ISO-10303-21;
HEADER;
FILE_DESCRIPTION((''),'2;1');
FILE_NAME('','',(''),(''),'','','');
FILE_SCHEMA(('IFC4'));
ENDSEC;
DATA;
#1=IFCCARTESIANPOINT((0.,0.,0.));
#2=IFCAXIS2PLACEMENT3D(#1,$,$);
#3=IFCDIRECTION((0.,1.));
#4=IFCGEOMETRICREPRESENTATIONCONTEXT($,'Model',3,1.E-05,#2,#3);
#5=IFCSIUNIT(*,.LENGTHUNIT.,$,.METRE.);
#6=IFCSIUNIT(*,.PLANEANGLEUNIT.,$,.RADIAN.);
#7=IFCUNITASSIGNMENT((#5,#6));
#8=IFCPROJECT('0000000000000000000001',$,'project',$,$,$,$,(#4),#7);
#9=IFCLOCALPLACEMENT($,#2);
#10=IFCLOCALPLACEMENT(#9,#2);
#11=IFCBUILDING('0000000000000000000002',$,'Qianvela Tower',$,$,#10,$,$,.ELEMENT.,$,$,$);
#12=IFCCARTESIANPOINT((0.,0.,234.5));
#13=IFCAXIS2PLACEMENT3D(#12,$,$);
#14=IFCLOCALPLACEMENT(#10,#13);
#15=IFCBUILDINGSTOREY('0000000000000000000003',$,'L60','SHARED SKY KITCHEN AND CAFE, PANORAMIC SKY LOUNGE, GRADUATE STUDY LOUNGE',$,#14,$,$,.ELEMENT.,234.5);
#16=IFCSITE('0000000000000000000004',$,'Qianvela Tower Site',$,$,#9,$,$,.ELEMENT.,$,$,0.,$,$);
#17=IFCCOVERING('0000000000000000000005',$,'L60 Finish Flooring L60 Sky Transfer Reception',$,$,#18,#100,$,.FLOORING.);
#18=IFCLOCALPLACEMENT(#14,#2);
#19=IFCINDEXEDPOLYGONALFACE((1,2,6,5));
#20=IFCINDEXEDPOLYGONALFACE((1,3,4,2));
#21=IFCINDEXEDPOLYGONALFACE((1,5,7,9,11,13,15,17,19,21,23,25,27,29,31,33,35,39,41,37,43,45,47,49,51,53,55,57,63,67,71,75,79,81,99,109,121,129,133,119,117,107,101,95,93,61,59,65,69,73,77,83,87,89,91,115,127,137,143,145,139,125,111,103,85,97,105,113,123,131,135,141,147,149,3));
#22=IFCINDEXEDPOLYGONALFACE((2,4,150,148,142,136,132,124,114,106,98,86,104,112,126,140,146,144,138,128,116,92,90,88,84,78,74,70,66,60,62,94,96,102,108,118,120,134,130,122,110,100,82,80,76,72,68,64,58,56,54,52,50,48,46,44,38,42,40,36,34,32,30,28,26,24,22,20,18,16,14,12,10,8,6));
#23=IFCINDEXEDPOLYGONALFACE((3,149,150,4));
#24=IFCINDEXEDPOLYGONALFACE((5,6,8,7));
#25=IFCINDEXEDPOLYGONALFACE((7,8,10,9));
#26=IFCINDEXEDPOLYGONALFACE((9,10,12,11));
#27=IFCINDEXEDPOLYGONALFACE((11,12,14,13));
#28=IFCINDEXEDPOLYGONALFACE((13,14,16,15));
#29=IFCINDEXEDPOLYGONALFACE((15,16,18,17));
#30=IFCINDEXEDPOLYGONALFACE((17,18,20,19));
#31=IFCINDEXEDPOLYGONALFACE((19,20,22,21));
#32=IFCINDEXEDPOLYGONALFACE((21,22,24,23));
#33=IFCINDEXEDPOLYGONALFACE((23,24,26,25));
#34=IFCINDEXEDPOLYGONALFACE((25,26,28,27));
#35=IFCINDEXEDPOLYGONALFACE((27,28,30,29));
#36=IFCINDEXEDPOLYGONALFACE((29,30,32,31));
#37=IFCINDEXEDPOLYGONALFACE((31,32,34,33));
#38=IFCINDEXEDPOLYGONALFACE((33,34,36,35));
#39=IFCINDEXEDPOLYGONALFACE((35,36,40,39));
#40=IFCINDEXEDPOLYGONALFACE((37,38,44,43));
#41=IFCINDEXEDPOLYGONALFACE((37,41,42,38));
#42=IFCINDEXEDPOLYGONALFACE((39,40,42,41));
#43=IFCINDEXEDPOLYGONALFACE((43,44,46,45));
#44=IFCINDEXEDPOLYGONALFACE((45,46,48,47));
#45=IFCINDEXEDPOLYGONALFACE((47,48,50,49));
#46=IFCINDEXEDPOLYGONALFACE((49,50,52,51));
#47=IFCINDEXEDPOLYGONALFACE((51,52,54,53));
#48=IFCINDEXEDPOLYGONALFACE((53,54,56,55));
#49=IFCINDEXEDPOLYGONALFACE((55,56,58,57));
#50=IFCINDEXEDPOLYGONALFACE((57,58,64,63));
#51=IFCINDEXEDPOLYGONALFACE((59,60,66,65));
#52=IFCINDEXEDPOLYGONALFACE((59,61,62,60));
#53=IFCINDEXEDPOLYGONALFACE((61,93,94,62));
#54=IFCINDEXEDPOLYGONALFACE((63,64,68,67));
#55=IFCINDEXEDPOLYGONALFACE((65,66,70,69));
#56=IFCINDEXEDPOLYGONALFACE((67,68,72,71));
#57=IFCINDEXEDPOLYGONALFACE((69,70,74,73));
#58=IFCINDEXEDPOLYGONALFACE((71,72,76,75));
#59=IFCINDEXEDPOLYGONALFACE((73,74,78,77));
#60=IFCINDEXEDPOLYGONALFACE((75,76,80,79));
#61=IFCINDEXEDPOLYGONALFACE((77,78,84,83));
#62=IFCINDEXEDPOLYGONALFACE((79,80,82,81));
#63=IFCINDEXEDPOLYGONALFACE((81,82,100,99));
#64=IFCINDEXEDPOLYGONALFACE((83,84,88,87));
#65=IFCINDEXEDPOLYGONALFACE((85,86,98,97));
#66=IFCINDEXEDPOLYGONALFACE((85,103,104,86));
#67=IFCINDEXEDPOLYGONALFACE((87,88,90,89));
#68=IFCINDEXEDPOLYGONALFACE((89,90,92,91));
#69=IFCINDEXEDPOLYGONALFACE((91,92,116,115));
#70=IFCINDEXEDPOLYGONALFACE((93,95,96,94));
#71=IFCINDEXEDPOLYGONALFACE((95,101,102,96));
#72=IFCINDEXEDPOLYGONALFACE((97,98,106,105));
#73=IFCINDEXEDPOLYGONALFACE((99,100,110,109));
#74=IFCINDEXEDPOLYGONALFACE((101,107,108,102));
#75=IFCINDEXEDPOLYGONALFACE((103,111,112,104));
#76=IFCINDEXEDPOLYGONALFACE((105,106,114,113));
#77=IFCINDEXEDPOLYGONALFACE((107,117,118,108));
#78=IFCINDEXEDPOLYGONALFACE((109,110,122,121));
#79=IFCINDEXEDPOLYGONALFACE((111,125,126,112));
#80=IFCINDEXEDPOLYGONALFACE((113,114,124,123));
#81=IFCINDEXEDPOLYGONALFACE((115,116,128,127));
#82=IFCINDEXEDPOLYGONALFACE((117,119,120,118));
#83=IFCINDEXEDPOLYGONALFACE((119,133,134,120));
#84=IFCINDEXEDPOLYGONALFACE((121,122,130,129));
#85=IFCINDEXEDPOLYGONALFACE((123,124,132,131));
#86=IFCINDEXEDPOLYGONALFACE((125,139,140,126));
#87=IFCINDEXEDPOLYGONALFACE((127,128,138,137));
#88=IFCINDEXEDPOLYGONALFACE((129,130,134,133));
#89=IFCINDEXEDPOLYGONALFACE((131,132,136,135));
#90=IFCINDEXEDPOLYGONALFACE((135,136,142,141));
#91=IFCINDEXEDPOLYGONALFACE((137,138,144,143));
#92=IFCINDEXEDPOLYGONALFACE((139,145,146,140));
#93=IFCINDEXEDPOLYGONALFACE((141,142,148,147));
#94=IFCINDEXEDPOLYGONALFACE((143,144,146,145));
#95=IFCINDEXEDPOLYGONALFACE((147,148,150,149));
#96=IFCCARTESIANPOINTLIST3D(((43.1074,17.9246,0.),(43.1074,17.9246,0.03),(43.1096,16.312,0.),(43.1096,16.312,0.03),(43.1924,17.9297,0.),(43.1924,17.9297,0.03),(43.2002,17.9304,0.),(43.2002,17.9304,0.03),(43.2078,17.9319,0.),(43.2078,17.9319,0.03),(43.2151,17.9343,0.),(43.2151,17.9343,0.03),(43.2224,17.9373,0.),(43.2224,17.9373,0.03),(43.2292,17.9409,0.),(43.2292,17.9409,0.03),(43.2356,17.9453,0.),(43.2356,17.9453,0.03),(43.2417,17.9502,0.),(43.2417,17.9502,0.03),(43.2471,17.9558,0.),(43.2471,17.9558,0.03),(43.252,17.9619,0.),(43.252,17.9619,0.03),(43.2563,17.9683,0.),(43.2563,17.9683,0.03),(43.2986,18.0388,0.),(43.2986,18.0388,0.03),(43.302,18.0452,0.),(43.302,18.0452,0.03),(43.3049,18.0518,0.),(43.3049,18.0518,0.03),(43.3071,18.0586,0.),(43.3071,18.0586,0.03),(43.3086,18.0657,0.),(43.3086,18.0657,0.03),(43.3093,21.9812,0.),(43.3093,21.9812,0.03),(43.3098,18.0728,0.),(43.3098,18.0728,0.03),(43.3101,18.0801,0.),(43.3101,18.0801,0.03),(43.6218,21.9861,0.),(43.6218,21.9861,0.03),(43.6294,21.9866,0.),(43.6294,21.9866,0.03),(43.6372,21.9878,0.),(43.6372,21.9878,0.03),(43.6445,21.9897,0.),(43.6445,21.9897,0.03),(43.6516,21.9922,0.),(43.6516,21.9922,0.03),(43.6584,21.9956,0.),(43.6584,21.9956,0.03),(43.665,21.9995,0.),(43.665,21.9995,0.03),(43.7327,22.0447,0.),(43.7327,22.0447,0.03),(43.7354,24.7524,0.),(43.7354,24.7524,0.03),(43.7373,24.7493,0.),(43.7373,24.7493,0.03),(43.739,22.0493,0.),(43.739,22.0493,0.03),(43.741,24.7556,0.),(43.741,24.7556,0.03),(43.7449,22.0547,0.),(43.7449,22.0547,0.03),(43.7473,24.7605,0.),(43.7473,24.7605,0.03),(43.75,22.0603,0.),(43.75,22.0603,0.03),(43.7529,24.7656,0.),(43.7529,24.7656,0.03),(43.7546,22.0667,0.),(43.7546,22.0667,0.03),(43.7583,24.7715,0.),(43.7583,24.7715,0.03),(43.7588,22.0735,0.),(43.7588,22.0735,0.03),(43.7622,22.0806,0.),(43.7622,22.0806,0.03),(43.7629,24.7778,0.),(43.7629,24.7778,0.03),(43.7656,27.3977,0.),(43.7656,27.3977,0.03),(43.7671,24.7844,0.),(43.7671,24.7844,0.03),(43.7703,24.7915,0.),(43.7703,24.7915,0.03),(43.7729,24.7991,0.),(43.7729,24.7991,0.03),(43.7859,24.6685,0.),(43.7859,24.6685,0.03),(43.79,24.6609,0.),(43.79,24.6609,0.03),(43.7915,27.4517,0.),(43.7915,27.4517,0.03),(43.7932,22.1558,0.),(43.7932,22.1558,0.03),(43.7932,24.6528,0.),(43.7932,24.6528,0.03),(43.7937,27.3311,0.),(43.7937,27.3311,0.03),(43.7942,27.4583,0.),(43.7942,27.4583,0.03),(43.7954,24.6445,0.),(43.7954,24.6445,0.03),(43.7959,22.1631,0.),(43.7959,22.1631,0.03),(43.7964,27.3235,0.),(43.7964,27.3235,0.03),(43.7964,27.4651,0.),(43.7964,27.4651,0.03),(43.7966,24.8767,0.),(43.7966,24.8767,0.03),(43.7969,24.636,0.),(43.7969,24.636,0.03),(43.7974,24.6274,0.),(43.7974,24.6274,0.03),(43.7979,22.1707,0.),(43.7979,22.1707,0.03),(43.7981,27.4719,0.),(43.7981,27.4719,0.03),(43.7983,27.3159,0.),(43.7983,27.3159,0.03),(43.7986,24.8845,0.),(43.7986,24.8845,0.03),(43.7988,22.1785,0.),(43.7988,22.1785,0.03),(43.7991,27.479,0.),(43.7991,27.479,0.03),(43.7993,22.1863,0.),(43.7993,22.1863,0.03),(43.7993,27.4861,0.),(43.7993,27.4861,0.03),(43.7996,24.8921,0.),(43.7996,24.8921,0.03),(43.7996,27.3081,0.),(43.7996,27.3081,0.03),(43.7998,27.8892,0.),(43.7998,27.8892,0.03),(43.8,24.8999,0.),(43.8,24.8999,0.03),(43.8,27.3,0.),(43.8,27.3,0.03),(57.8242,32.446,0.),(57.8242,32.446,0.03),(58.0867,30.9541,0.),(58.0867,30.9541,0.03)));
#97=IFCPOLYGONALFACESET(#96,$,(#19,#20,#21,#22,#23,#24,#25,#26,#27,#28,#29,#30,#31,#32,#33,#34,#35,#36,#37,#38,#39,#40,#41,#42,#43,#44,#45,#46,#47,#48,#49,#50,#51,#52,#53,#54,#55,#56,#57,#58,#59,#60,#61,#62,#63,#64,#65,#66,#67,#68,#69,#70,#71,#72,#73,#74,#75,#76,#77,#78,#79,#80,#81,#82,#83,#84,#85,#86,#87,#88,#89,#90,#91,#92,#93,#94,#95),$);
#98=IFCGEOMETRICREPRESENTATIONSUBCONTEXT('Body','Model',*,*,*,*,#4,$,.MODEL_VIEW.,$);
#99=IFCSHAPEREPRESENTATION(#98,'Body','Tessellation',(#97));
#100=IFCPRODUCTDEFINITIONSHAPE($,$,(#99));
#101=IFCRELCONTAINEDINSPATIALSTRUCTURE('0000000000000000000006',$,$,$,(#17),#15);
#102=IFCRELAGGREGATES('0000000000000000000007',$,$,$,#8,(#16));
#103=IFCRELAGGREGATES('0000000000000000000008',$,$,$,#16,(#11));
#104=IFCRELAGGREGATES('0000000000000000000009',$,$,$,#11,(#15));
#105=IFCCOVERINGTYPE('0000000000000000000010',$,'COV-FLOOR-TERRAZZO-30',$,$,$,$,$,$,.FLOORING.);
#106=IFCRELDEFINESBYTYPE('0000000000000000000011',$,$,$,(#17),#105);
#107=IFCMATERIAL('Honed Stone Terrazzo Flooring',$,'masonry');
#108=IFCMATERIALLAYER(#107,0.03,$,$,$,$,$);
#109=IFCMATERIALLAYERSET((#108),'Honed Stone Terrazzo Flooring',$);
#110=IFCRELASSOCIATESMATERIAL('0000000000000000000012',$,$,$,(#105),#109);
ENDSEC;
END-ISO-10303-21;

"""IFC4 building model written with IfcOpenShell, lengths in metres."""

from ifc_helpers import new_model, si_unit, direction, frame, origin, place, context, subcontext, project, spatial, polyline, outline, extrude, material, layer, layer_set, type_object, element, save


model = new_model("IFC4")

# Units and contexts
model_context = context("Model", 3, precision=1e-05, world=origin(), true_north=direction((0.0, 1.0)))
body_context = subcontext(model_context, "Body", "Model", "MODEL_VIEW")
ifc_project = project(units=[si_unit("LENGTHUNIT", "METRE"), si_unit("PLANEANGLEUNIT", "RADIAN")], contexts=[model_context])

# Site, building, storey
site_placement = place(None, origin())
site = spatial("IfcSite", under=ifc_project, at=site_placement, Name="Qianvela Tower Site", CompositionType="ELEMENT", RefElevation=0.0)
building_placement = place(site_placement, origin())
building = spatial("IfcBuilding", under=site, at=building_placement, Name="Qianvela Tower", CompositionType="ELEMENT")
storey_placement = place(building_placement, frame((0.0, 0.0, 234.5)))
storey = spatial("IfcBuildingStorey", under=building, at=storey_placement, Name="L60", Description="SHARED SKY KITCHEN AND CAFE, PANORAMIC SKY LOUNGE, GRADUATE STUDY LOUNGE", CompositionType="ELEMENT", Elevation=234.5)

# Covering
ifc_material_1 = material(Name="Honed Stone Terrazzo Flooring", Category="masonry")
ifc_layer_1 = layer(ifc_material_1, 0.03)
ifc_layer_set_1 = layer_set([ifc_layer_1], Name="Honed Stone Terrazzo Flooring")
covering_type_1 = type_object("IfcCoveringType", Name="COV-FLOOR-TERRAZZO-30", PredefinedType="FLOORING", material=ifc_layer_set_1)
covering_1_placement = place(storey_placement, origin())
element("IfcCovering", 1, at=covering_1_placement, inside=storey, type_object=covering_type_1, Name="L60 Finish Flooring L60 Sky Transfer Reception", PredefinedType="FLOORING", context=body_context, shape_type="SweptSolid", body=[
    extrude(outline(polyline([(43.1924, 17.9297), (43.2002, 17.9304), (43.2078, 17.9319), (43.2151, 17.9343), (43.2224, 17.9373), (43.2292, 17.9409), (43.2356, 17.9453), (43.2417, 17.9502), (43.2471, 17.9558), (43.252, 17.9619), (43.2563, 17.9683), (43.2986, 18.0388), (43.302, 18.0452), (43.3049, 18.0518), (43.3071, 18.0586), (43.3086, 18.0657), (43.3098, 18.0728), (43.3101, 18.0801), (43.3093, 21.9812), (43.6218, 21.9861), (43.6294, 21.9866), (43.6372, 21.9878), (43.6445, 21.9897), (43.6516, 21.9922), (43.6584, 21.9956), (43.665, 21.9995), (43.7327, 22.0447), (43.739, 22.0493), (43.7449, 22.0547), (43.75, 22.0603), (43.7546, 22.0667), (43.7588, 22.0735), (43.7622, 22.0806), (43.7932, 22.1558), (43.7959, 22.1631), (43.7979, 22.1707), (43.7988, 22.1785), (43.7993, 22.1863), (43.7974, 24.6274), (43.7969, 24.636), (43.7954, 24.6445), (43.7932, 24.6528), (43.79, 24.6609), (43.7859, 24.6685), (43.7373, 24.7493), (43.7354, 24.7524), (43.741, 24.7556), (43.7473, 24.7605), (43.7529, 24.7656), (43.7583, 24.7715), (43.7629, 24.7778), (43.7671, 24.7844), (43.7703, 24.7915), (43.7729, 24.7991), (43.7966, 24.8767), (43.7986, 24.8845), (43.7996, 24.8921), (43.8, 24.8999), (43.8, 27.3), (43.7996, 27.3081), (43.7983, 27.3159), (43.7964, 27.3235), (43.7937, 27.3311), (43.7656, 27.3977), (43.7915, 27.4517), (43.7942, 27.4583), (43.7964, 27.4651), (43.7981, 27.4719), (43.7991, 27.479), (43.7993, 27.4861), (43.7998, 27.8892), (57.8242, 32.446), (58.0867, 30.9541), (43.1096, 16.312), (43.1074, 17.9246), (43.1924, 17.9297)])), origin(), (0.0, 0.0, 1.0), 0.03),
])

save(model, "model.ifc")
